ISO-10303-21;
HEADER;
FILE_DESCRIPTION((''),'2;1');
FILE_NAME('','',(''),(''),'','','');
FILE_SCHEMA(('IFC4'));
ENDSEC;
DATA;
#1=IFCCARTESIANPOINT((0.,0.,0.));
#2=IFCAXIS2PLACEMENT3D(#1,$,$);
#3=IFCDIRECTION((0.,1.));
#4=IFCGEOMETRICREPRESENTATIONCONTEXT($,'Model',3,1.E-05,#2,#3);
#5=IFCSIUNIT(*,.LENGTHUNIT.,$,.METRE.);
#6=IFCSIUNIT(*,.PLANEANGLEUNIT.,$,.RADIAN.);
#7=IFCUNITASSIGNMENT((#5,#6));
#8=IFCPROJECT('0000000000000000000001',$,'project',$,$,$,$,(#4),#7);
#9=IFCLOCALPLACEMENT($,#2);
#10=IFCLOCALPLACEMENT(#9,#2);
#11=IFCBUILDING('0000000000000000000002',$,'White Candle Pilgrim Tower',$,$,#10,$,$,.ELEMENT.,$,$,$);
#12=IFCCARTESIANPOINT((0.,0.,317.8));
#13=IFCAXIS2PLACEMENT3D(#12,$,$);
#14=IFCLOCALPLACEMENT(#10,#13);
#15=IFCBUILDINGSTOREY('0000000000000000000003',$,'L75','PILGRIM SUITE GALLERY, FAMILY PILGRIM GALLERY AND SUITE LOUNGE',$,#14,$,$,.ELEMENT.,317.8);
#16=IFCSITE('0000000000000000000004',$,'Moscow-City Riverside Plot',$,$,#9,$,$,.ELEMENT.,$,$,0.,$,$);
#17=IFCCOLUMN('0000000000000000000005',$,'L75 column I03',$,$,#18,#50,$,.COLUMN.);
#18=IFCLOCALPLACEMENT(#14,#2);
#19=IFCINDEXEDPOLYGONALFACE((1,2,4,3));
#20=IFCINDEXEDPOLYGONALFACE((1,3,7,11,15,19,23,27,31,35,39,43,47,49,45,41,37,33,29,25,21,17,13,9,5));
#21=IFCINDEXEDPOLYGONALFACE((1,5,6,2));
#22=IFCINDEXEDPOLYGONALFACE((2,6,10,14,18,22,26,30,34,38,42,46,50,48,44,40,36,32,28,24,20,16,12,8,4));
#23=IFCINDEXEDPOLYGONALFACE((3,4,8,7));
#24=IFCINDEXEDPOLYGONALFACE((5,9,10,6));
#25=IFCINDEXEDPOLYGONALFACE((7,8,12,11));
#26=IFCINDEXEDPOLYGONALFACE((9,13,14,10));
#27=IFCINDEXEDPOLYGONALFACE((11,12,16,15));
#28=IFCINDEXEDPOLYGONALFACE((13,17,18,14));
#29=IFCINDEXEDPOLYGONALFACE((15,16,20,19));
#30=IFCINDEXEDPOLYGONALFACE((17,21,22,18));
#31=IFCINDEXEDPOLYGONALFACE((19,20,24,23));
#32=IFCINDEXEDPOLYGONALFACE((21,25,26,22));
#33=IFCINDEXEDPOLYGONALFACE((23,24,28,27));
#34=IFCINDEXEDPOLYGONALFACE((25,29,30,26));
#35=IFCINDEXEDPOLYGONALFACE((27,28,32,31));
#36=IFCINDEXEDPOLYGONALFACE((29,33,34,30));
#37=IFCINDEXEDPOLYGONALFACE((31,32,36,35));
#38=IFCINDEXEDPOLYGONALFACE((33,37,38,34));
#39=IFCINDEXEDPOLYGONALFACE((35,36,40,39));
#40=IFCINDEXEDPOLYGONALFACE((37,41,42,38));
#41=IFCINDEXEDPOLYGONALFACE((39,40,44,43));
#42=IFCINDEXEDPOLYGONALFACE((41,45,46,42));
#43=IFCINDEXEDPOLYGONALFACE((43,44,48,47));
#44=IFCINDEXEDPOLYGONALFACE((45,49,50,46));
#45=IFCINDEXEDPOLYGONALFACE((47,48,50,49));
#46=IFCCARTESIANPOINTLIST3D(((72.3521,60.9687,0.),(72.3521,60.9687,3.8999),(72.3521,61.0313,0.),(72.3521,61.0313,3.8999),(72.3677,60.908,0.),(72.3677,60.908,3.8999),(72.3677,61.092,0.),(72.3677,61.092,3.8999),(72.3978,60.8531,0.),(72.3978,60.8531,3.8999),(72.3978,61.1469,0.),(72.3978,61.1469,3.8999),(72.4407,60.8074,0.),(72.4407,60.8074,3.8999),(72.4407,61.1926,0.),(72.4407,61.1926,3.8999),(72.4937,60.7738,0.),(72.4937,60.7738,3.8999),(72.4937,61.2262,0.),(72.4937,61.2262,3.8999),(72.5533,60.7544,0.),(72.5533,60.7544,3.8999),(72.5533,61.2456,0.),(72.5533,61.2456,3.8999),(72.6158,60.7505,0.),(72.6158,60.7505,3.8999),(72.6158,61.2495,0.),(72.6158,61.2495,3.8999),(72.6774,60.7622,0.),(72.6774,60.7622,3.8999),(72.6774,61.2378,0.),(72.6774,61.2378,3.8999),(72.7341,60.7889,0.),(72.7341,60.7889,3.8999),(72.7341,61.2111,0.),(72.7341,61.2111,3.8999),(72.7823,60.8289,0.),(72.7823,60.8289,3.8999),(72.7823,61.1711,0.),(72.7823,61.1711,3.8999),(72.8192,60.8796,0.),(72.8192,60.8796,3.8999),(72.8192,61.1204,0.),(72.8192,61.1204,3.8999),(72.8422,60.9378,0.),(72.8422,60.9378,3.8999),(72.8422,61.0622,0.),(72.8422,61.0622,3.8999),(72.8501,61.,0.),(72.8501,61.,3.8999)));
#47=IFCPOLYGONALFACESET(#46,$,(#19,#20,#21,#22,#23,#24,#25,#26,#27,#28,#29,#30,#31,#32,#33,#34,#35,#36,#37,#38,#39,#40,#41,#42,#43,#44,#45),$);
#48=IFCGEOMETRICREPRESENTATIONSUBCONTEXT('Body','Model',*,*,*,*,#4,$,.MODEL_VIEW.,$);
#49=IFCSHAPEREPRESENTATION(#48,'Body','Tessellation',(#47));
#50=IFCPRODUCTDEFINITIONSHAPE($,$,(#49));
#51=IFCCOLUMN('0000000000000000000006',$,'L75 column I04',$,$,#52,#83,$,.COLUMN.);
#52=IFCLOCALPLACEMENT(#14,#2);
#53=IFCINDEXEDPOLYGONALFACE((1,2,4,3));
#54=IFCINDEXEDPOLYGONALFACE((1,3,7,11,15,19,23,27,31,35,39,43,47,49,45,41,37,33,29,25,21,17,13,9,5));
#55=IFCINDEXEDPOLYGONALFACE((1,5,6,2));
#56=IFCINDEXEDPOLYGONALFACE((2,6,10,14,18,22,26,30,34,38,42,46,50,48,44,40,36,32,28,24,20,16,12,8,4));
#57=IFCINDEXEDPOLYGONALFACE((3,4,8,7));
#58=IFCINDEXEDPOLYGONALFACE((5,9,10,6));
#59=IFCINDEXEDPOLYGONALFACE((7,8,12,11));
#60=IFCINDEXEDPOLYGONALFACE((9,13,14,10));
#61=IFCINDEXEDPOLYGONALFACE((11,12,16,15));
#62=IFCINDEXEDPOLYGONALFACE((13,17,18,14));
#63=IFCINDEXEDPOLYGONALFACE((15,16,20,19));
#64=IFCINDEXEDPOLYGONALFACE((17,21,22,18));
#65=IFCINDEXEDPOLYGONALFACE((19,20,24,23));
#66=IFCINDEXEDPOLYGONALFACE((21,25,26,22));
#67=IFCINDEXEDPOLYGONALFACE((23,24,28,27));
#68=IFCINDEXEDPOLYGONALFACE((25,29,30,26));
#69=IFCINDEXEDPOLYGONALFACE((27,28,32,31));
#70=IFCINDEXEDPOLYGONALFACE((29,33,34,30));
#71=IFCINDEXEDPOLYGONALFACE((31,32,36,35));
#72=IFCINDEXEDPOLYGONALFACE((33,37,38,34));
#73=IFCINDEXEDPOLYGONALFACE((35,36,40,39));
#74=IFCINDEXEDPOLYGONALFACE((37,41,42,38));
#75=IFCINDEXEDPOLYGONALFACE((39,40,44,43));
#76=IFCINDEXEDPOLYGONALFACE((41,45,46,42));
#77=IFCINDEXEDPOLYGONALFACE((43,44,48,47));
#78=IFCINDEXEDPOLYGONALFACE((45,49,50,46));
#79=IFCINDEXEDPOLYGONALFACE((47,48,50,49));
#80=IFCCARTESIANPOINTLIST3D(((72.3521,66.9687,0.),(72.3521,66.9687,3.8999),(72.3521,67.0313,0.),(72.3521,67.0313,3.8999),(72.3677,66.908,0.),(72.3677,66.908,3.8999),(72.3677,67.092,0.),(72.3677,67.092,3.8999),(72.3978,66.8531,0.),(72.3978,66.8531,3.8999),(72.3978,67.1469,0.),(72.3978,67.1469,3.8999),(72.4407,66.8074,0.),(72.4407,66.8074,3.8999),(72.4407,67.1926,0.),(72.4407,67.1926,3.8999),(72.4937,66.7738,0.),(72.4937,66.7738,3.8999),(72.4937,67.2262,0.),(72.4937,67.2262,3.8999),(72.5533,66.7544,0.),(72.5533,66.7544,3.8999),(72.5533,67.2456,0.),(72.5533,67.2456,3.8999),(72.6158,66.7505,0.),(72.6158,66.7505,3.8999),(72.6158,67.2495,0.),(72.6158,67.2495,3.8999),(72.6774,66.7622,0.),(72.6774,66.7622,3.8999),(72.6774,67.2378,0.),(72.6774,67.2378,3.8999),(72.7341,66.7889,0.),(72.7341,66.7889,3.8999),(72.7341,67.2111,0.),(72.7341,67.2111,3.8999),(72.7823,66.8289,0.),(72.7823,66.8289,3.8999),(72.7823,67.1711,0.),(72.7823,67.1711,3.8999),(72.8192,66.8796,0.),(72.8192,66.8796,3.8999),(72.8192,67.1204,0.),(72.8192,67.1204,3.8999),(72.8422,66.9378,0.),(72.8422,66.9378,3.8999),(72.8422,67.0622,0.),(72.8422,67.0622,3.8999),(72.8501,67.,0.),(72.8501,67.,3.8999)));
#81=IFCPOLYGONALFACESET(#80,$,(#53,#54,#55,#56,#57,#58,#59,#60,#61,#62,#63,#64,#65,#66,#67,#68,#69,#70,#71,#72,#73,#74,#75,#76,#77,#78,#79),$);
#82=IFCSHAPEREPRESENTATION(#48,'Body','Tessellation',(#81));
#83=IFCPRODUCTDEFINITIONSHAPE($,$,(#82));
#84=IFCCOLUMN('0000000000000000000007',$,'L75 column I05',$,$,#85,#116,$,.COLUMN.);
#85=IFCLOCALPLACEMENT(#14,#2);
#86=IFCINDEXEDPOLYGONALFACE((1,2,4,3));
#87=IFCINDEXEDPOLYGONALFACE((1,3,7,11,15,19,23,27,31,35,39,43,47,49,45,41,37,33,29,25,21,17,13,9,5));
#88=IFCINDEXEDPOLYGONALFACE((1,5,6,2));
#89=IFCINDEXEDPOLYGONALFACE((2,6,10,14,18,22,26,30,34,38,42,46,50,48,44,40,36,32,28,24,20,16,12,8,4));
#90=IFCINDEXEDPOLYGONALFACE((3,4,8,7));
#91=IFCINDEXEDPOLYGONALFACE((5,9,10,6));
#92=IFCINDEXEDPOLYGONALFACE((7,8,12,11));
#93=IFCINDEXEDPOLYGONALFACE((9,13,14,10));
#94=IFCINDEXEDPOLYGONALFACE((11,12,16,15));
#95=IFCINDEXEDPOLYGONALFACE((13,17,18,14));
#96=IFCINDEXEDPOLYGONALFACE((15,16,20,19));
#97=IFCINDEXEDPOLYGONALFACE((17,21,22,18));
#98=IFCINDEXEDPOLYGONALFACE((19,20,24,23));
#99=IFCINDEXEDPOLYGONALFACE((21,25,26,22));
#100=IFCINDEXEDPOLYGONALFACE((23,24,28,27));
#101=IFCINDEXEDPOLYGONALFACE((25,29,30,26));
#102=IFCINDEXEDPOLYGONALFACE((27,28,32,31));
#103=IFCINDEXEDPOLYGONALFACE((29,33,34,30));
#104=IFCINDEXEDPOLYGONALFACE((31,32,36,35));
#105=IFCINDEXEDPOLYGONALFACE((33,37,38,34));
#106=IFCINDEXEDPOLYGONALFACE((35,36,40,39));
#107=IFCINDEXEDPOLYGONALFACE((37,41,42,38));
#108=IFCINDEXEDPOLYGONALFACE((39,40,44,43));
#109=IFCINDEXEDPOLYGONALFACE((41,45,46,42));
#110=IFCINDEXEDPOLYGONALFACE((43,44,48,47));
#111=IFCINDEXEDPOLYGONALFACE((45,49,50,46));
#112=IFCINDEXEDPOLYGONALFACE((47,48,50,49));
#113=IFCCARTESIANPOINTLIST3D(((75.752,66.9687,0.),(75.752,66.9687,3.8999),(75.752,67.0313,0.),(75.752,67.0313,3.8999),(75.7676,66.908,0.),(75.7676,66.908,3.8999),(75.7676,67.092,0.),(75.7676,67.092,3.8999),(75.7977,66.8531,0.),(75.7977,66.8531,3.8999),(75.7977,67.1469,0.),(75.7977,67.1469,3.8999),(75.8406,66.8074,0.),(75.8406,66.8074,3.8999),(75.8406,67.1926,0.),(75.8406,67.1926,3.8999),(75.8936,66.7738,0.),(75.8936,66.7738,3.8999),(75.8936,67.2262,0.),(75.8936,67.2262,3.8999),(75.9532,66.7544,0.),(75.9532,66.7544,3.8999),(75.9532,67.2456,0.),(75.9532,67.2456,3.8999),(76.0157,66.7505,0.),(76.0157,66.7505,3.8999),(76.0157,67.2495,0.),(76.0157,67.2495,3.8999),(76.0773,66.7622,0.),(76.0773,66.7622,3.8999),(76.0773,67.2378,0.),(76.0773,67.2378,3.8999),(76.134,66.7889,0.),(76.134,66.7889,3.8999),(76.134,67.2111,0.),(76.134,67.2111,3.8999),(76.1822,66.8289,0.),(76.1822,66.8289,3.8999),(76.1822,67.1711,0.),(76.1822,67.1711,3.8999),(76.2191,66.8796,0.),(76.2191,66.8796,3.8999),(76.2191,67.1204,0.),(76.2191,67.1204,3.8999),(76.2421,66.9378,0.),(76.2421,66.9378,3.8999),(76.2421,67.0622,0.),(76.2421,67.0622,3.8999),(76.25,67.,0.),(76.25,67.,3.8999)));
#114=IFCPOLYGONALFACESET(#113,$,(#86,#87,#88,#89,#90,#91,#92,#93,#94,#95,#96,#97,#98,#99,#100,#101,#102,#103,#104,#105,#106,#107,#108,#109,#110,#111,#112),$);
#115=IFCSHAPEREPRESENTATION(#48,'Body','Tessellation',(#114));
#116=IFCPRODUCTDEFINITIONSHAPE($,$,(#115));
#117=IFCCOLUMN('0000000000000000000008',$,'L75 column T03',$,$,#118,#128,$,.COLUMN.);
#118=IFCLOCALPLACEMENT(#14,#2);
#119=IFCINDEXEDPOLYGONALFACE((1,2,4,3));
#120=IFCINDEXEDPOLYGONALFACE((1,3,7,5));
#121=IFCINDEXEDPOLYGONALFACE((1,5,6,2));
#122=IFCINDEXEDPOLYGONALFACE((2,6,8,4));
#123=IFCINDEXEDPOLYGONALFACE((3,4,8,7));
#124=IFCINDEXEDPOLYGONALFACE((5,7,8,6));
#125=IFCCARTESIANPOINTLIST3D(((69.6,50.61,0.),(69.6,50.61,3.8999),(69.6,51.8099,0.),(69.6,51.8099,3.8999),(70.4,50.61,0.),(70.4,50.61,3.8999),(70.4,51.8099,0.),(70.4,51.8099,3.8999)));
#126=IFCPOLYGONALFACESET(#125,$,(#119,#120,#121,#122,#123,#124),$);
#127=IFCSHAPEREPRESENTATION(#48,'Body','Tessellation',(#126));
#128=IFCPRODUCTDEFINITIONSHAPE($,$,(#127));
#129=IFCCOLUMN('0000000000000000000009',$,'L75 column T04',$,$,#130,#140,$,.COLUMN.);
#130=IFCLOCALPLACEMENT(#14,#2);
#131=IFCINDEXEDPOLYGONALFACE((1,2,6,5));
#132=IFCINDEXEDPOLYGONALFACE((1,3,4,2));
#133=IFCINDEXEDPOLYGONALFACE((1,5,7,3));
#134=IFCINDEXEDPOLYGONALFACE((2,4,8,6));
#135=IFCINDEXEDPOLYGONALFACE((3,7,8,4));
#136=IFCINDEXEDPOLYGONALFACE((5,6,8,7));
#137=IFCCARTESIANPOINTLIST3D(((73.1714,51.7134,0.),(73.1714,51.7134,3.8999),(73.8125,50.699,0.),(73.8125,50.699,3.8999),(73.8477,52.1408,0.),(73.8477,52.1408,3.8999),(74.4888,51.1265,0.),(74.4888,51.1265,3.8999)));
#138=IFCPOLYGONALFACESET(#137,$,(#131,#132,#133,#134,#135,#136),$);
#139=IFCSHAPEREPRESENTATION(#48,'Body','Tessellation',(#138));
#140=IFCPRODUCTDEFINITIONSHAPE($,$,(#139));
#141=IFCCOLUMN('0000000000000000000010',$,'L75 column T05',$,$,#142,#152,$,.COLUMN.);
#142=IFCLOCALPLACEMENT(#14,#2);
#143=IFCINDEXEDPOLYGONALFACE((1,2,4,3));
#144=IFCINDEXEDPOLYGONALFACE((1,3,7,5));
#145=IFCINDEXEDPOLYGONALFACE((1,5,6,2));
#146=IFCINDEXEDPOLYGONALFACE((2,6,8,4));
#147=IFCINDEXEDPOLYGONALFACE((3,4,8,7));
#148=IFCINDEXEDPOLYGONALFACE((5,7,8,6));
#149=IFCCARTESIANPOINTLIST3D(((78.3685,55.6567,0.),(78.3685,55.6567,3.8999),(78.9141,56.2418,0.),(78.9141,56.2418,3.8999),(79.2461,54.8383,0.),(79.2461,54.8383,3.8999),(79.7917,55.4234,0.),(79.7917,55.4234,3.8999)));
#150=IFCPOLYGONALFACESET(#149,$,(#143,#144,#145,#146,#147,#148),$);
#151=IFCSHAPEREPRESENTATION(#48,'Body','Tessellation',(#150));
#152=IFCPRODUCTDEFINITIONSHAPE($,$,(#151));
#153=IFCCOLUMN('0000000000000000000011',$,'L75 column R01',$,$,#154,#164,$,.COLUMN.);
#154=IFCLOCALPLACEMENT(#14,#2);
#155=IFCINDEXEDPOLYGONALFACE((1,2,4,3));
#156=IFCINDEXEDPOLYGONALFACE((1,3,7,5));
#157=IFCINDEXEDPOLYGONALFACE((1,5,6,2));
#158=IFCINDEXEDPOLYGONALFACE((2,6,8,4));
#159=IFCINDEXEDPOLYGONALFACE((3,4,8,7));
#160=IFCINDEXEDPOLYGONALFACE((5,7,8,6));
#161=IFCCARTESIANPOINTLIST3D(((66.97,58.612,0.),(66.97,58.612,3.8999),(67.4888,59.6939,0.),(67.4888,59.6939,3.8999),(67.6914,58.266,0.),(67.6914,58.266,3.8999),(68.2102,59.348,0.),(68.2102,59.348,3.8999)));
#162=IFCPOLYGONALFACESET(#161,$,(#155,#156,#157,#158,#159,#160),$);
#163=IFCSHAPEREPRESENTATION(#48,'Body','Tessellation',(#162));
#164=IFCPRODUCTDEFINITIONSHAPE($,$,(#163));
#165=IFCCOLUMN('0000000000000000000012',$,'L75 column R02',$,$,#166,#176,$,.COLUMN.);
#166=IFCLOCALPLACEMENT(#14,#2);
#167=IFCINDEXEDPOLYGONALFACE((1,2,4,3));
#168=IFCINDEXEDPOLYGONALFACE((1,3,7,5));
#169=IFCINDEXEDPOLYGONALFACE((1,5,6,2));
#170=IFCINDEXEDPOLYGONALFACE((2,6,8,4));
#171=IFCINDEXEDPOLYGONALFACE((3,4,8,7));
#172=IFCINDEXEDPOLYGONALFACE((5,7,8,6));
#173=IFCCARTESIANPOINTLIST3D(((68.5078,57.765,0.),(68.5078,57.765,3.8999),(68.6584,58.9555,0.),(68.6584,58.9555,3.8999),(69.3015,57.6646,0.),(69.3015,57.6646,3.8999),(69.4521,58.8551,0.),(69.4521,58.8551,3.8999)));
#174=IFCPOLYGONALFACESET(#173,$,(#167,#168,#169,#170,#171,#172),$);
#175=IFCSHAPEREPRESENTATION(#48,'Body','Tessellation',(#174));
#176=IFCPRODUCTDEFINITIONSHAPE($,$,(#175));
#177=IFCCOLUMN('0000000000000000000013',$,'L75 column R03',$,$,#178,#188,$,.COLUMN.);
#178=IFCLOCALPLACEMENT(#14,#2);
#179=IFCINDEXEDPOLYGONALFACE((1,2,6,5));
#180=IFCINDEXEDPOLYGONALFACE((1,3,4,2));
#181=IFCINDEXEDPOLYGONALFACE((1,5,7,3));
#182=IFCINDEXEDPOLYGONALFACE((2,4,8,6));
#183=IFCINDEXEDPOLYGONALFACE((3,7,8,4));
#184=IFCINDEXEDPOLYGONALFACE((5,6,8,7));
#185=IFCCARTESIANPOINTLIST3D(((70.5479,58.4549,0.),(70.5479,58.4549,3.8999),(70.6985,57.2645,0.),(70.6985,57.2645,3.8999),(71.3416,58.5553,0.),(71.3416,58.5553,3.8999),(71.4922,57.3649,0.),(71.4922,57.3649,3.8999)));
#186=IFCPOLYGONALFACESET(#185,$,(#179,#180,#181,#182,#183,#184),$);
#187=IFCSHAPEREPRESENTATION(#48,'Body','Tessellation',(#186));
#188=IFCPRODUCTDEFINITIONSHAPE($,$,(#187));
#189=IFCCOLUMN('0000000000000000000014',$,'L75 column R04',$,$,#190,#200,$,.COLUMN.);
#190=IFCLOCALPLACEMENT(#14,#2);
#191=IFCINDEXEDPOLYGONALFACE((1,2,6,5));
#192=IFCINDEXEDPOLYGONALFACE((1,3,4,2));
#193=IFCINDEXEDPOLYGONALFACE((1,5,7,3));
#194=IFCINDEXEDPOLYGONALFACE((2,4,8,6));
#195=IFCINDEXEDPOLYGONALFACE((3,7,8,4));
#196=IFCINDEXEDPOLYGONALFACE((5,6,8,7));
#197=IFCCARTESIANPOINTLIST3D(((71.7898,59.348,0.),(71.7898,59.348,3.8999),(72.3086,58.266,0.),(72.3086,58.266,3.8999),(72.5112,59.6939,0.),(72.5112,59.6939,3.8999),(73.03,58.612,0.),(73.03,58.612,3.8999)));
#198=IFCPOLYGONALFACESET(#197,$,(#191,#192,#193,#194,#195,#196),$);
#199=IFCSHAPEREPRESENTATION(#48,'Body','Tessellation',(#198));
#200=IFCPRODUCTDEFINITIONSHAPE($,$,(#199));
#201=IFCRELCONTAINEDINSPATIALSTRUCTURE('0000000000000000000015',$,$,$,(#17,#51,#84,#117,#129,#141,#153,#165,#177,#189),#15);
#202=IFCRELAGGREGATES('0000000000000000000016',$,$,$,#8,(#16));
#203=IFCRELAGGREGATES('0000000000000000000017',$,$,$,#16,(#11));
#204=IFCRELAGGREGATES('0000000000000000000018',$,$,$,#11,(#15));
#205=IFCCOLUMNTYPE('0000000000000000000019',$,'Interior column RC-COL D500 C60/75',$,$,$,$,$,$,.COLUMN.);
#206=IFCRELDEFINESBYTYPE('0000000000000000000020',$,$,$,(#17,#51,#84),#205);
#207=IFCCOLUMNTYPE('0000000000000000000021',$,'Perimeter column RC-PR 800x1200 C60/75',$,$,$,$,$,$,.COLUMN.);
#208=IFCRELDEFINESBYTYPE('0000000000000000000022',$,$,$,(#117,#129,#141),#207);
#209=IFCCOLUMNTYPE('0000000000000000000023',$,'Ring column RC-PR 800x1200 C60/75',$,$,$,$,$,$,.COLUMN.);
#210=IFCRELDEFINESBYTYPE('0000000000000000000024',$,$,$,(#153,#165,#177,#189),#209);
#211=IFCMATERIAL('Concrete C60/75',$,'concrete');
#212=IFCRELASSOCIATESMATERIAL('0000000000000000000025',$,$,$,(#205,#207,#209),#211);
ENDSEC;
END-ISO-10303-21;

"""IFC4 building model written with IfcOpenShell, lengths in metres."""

from ifc_helpers import new_model, si_unit, direction, frame, origin, origin_2d, place, context, subcontext, project, spatial, rectangle, circle, extrude, material, material_profile, profile_set, type_object, element, save


model = new_model("IFC4")

# Units and contexts
model_context = context("Model", 3, precision=1e-05, world=origin(), true_north=direction((0.0, 1.0)))
body_context = subcontext(model_context, "Body", "Model", "MODEL_VIEW")
ifc_project = project(units=[si_unit("LENGTHUNIT", "METRE"), si_unit("PLANEANGLEUNIT", "RADIAN")], contexts=[model_context])

# Site, building, storey
site_placement = place(None, origin())
site = spatial("IfcSite", under=ifc_project, at=site_placement, Name="Moscow-City Riverside Plot", CompositionType="ELEMENT", RefElevation=0.0)
building_placement = place(site_placement, origin())
building = spatial("IfcBuilding", under=site, at=building_placement, Name="White Candle Pilgrim Tower", CompositionType="ELEMENT")
storey_placement = place(building_placement, frame((0.0, 0.0, 317.8)))
storey = spatial("IfcBuildingStorey", under=building, at=storey_placement, Name="L75", Description="PILGRIM SUITE GALLERY, FAMILY PILGRIM GALLERY AND SUITE LOUNGE", CompositionType="ELEMENT", Elevation=317.8)

# Columns
ifc_material_1 = material(Name="Concrete C60/75", Category="concrete")
ifc_material_profile_1 = material_profile(ifc_material_1, circle(Radius=0.25, at=origin_2d()), Name="RC-COL D500")
ifc_profile_set_1 = profile_set([ifc_material_profile_1], Name="Concrete C60/75")
column_type_1 = type_object("IfcColumnType", Name="Interior column RC-COL D500 C60/75", PredefinedType="COLUMN", material=ifc_profile_set_1)
for number, where, z_axis, x_axis, name in (
    (1, (72.6001, 61.0, 0.0), (0.0, 0.0, 1.0), (1.0, 0.0, 0.0), "L75 column I03"),
    (2, (72.6001, 67.0, 0.0), (0.0, 0.0, 1.0), (1.0, 0.0, 0.0), "L75 column I04"),
    (3, (76.0, 67.0, 0.0), (0.0, 0.0, 1.0), (1.0, 0.0, 0.0), "L75 column I05"),
):
    element("IfcColumn", number, at=place(storey_placement, frame(where, z_axis=z_axis, x_axis=x_axis)), inside=storey, type_object=column_type_1, Name=name, PredefinedType="COLUMN", context=body_context, shape_type="SweptSolid", body=[
        extrude(circle(Radius=0.25, at=origin_2d()), origin(), (0.0, 0.0, 1.0), 3.8999),
    ])
ifc_material_profile_2 = material_profile(ifc_material_1, rectangle(XDim=0.8, YDim=1.2, at=origin_2d()), Name="RC-PR 800x1200")
ifc_profile_set_2 = profile_set([ifc_material_profile_2], Name="Concrete C60/75")
column_type_2 = type_object("IfcColumnType", Name="Perimeter column RC-PR 800x1200 C60/75", PredefinedType="COLUMN", material=ifc_profile_set_2)
for number, where, z_axis, x_axis, name in (
    (4, (70.0, 51.21, 0.0), (0.0, 0.0, 1.0), (-1.0, 0.0, 0.0), "L75 column T03"),
    (5, (73.8301, 51.4199, 0.0), (0.0, 0.0, 1.0), (-0.845318, -0.534264, 0.0), "L75 column T04"),
    (6, (79.0801, 55.54, 0.0), (0.0, 0.0, 1.0), (-0.681998, -0.731354, 0.0), "L75 column T05"),
):
    element("IfcColumn", number, at=place(storey_placement, frame(where, z_axis=z_axis, x_axis=x_axis)), inside=storey, type_object=column_type_2, Name=name, PredefinedType="COLUMN", context=body_context, shape_type="SweptSolid", body=[
        extrude(rectangle(XDim=0.8, YDim=1.2, at=origin_2d()), origin(), (0.0, 0.0, 1.0), 3.8999),
    ])
ifc_material_profile_3 = material_profile(ifc_material_1, rectangle(XDim=0.8, YDim=1.2, at=origin_2d()), Name="RC-PR 800x1200")
ifc_profile_set_3 = profile_set([ifc_material_profile_3], Name="Concrete C60/75")
column_type_3 = type_object("IfcColumnType", Name="Ring column RC-PR 800x1200 C60/75", PredefinedType="COLUMN", material=ifc_profile_set_3)
for number, where, z_axis, x_axis, name in (
    (7, (67.5901, 58.98, 0.0), (0.0, 0.0, 1.0), (-0.901689, 0.432385, 0.0), "L75 column R01"),
    (8, (68.98, 58.3101, 0.0), (0.0, 0.0, 1.0), (-0.992093, 0.125506, 0.0), "L75 column R02"),
    (9, (71.02, 57.9099, 0.0), (0.0, 0.0, 1.0), (-0.992093, -0.125506, 0.0), "L75 column R03"),
    (10, (72.4099, 58.98, 0.0), (0.0, 0.0, 1.0), (-0.901689, -0.432385, 0.0), "L75 column R04"),
):
    element("IfcColumn", number, at=place(storey_placement, frame(where, z_axis=z_axis, x_axis=x_axis)), inside=storey, type_object=column_type_3, Name=name, PredefinedType="COLUMN", context=body_context, shape_type="SweptSolid", body=[
        extrude(rectangle(XDim=0.8, YDim=1.2, at=origin_2d()), origin(), (0.0, 0.0, 1.0), 3.8999),
    ])

save(model, "model.ifc")
